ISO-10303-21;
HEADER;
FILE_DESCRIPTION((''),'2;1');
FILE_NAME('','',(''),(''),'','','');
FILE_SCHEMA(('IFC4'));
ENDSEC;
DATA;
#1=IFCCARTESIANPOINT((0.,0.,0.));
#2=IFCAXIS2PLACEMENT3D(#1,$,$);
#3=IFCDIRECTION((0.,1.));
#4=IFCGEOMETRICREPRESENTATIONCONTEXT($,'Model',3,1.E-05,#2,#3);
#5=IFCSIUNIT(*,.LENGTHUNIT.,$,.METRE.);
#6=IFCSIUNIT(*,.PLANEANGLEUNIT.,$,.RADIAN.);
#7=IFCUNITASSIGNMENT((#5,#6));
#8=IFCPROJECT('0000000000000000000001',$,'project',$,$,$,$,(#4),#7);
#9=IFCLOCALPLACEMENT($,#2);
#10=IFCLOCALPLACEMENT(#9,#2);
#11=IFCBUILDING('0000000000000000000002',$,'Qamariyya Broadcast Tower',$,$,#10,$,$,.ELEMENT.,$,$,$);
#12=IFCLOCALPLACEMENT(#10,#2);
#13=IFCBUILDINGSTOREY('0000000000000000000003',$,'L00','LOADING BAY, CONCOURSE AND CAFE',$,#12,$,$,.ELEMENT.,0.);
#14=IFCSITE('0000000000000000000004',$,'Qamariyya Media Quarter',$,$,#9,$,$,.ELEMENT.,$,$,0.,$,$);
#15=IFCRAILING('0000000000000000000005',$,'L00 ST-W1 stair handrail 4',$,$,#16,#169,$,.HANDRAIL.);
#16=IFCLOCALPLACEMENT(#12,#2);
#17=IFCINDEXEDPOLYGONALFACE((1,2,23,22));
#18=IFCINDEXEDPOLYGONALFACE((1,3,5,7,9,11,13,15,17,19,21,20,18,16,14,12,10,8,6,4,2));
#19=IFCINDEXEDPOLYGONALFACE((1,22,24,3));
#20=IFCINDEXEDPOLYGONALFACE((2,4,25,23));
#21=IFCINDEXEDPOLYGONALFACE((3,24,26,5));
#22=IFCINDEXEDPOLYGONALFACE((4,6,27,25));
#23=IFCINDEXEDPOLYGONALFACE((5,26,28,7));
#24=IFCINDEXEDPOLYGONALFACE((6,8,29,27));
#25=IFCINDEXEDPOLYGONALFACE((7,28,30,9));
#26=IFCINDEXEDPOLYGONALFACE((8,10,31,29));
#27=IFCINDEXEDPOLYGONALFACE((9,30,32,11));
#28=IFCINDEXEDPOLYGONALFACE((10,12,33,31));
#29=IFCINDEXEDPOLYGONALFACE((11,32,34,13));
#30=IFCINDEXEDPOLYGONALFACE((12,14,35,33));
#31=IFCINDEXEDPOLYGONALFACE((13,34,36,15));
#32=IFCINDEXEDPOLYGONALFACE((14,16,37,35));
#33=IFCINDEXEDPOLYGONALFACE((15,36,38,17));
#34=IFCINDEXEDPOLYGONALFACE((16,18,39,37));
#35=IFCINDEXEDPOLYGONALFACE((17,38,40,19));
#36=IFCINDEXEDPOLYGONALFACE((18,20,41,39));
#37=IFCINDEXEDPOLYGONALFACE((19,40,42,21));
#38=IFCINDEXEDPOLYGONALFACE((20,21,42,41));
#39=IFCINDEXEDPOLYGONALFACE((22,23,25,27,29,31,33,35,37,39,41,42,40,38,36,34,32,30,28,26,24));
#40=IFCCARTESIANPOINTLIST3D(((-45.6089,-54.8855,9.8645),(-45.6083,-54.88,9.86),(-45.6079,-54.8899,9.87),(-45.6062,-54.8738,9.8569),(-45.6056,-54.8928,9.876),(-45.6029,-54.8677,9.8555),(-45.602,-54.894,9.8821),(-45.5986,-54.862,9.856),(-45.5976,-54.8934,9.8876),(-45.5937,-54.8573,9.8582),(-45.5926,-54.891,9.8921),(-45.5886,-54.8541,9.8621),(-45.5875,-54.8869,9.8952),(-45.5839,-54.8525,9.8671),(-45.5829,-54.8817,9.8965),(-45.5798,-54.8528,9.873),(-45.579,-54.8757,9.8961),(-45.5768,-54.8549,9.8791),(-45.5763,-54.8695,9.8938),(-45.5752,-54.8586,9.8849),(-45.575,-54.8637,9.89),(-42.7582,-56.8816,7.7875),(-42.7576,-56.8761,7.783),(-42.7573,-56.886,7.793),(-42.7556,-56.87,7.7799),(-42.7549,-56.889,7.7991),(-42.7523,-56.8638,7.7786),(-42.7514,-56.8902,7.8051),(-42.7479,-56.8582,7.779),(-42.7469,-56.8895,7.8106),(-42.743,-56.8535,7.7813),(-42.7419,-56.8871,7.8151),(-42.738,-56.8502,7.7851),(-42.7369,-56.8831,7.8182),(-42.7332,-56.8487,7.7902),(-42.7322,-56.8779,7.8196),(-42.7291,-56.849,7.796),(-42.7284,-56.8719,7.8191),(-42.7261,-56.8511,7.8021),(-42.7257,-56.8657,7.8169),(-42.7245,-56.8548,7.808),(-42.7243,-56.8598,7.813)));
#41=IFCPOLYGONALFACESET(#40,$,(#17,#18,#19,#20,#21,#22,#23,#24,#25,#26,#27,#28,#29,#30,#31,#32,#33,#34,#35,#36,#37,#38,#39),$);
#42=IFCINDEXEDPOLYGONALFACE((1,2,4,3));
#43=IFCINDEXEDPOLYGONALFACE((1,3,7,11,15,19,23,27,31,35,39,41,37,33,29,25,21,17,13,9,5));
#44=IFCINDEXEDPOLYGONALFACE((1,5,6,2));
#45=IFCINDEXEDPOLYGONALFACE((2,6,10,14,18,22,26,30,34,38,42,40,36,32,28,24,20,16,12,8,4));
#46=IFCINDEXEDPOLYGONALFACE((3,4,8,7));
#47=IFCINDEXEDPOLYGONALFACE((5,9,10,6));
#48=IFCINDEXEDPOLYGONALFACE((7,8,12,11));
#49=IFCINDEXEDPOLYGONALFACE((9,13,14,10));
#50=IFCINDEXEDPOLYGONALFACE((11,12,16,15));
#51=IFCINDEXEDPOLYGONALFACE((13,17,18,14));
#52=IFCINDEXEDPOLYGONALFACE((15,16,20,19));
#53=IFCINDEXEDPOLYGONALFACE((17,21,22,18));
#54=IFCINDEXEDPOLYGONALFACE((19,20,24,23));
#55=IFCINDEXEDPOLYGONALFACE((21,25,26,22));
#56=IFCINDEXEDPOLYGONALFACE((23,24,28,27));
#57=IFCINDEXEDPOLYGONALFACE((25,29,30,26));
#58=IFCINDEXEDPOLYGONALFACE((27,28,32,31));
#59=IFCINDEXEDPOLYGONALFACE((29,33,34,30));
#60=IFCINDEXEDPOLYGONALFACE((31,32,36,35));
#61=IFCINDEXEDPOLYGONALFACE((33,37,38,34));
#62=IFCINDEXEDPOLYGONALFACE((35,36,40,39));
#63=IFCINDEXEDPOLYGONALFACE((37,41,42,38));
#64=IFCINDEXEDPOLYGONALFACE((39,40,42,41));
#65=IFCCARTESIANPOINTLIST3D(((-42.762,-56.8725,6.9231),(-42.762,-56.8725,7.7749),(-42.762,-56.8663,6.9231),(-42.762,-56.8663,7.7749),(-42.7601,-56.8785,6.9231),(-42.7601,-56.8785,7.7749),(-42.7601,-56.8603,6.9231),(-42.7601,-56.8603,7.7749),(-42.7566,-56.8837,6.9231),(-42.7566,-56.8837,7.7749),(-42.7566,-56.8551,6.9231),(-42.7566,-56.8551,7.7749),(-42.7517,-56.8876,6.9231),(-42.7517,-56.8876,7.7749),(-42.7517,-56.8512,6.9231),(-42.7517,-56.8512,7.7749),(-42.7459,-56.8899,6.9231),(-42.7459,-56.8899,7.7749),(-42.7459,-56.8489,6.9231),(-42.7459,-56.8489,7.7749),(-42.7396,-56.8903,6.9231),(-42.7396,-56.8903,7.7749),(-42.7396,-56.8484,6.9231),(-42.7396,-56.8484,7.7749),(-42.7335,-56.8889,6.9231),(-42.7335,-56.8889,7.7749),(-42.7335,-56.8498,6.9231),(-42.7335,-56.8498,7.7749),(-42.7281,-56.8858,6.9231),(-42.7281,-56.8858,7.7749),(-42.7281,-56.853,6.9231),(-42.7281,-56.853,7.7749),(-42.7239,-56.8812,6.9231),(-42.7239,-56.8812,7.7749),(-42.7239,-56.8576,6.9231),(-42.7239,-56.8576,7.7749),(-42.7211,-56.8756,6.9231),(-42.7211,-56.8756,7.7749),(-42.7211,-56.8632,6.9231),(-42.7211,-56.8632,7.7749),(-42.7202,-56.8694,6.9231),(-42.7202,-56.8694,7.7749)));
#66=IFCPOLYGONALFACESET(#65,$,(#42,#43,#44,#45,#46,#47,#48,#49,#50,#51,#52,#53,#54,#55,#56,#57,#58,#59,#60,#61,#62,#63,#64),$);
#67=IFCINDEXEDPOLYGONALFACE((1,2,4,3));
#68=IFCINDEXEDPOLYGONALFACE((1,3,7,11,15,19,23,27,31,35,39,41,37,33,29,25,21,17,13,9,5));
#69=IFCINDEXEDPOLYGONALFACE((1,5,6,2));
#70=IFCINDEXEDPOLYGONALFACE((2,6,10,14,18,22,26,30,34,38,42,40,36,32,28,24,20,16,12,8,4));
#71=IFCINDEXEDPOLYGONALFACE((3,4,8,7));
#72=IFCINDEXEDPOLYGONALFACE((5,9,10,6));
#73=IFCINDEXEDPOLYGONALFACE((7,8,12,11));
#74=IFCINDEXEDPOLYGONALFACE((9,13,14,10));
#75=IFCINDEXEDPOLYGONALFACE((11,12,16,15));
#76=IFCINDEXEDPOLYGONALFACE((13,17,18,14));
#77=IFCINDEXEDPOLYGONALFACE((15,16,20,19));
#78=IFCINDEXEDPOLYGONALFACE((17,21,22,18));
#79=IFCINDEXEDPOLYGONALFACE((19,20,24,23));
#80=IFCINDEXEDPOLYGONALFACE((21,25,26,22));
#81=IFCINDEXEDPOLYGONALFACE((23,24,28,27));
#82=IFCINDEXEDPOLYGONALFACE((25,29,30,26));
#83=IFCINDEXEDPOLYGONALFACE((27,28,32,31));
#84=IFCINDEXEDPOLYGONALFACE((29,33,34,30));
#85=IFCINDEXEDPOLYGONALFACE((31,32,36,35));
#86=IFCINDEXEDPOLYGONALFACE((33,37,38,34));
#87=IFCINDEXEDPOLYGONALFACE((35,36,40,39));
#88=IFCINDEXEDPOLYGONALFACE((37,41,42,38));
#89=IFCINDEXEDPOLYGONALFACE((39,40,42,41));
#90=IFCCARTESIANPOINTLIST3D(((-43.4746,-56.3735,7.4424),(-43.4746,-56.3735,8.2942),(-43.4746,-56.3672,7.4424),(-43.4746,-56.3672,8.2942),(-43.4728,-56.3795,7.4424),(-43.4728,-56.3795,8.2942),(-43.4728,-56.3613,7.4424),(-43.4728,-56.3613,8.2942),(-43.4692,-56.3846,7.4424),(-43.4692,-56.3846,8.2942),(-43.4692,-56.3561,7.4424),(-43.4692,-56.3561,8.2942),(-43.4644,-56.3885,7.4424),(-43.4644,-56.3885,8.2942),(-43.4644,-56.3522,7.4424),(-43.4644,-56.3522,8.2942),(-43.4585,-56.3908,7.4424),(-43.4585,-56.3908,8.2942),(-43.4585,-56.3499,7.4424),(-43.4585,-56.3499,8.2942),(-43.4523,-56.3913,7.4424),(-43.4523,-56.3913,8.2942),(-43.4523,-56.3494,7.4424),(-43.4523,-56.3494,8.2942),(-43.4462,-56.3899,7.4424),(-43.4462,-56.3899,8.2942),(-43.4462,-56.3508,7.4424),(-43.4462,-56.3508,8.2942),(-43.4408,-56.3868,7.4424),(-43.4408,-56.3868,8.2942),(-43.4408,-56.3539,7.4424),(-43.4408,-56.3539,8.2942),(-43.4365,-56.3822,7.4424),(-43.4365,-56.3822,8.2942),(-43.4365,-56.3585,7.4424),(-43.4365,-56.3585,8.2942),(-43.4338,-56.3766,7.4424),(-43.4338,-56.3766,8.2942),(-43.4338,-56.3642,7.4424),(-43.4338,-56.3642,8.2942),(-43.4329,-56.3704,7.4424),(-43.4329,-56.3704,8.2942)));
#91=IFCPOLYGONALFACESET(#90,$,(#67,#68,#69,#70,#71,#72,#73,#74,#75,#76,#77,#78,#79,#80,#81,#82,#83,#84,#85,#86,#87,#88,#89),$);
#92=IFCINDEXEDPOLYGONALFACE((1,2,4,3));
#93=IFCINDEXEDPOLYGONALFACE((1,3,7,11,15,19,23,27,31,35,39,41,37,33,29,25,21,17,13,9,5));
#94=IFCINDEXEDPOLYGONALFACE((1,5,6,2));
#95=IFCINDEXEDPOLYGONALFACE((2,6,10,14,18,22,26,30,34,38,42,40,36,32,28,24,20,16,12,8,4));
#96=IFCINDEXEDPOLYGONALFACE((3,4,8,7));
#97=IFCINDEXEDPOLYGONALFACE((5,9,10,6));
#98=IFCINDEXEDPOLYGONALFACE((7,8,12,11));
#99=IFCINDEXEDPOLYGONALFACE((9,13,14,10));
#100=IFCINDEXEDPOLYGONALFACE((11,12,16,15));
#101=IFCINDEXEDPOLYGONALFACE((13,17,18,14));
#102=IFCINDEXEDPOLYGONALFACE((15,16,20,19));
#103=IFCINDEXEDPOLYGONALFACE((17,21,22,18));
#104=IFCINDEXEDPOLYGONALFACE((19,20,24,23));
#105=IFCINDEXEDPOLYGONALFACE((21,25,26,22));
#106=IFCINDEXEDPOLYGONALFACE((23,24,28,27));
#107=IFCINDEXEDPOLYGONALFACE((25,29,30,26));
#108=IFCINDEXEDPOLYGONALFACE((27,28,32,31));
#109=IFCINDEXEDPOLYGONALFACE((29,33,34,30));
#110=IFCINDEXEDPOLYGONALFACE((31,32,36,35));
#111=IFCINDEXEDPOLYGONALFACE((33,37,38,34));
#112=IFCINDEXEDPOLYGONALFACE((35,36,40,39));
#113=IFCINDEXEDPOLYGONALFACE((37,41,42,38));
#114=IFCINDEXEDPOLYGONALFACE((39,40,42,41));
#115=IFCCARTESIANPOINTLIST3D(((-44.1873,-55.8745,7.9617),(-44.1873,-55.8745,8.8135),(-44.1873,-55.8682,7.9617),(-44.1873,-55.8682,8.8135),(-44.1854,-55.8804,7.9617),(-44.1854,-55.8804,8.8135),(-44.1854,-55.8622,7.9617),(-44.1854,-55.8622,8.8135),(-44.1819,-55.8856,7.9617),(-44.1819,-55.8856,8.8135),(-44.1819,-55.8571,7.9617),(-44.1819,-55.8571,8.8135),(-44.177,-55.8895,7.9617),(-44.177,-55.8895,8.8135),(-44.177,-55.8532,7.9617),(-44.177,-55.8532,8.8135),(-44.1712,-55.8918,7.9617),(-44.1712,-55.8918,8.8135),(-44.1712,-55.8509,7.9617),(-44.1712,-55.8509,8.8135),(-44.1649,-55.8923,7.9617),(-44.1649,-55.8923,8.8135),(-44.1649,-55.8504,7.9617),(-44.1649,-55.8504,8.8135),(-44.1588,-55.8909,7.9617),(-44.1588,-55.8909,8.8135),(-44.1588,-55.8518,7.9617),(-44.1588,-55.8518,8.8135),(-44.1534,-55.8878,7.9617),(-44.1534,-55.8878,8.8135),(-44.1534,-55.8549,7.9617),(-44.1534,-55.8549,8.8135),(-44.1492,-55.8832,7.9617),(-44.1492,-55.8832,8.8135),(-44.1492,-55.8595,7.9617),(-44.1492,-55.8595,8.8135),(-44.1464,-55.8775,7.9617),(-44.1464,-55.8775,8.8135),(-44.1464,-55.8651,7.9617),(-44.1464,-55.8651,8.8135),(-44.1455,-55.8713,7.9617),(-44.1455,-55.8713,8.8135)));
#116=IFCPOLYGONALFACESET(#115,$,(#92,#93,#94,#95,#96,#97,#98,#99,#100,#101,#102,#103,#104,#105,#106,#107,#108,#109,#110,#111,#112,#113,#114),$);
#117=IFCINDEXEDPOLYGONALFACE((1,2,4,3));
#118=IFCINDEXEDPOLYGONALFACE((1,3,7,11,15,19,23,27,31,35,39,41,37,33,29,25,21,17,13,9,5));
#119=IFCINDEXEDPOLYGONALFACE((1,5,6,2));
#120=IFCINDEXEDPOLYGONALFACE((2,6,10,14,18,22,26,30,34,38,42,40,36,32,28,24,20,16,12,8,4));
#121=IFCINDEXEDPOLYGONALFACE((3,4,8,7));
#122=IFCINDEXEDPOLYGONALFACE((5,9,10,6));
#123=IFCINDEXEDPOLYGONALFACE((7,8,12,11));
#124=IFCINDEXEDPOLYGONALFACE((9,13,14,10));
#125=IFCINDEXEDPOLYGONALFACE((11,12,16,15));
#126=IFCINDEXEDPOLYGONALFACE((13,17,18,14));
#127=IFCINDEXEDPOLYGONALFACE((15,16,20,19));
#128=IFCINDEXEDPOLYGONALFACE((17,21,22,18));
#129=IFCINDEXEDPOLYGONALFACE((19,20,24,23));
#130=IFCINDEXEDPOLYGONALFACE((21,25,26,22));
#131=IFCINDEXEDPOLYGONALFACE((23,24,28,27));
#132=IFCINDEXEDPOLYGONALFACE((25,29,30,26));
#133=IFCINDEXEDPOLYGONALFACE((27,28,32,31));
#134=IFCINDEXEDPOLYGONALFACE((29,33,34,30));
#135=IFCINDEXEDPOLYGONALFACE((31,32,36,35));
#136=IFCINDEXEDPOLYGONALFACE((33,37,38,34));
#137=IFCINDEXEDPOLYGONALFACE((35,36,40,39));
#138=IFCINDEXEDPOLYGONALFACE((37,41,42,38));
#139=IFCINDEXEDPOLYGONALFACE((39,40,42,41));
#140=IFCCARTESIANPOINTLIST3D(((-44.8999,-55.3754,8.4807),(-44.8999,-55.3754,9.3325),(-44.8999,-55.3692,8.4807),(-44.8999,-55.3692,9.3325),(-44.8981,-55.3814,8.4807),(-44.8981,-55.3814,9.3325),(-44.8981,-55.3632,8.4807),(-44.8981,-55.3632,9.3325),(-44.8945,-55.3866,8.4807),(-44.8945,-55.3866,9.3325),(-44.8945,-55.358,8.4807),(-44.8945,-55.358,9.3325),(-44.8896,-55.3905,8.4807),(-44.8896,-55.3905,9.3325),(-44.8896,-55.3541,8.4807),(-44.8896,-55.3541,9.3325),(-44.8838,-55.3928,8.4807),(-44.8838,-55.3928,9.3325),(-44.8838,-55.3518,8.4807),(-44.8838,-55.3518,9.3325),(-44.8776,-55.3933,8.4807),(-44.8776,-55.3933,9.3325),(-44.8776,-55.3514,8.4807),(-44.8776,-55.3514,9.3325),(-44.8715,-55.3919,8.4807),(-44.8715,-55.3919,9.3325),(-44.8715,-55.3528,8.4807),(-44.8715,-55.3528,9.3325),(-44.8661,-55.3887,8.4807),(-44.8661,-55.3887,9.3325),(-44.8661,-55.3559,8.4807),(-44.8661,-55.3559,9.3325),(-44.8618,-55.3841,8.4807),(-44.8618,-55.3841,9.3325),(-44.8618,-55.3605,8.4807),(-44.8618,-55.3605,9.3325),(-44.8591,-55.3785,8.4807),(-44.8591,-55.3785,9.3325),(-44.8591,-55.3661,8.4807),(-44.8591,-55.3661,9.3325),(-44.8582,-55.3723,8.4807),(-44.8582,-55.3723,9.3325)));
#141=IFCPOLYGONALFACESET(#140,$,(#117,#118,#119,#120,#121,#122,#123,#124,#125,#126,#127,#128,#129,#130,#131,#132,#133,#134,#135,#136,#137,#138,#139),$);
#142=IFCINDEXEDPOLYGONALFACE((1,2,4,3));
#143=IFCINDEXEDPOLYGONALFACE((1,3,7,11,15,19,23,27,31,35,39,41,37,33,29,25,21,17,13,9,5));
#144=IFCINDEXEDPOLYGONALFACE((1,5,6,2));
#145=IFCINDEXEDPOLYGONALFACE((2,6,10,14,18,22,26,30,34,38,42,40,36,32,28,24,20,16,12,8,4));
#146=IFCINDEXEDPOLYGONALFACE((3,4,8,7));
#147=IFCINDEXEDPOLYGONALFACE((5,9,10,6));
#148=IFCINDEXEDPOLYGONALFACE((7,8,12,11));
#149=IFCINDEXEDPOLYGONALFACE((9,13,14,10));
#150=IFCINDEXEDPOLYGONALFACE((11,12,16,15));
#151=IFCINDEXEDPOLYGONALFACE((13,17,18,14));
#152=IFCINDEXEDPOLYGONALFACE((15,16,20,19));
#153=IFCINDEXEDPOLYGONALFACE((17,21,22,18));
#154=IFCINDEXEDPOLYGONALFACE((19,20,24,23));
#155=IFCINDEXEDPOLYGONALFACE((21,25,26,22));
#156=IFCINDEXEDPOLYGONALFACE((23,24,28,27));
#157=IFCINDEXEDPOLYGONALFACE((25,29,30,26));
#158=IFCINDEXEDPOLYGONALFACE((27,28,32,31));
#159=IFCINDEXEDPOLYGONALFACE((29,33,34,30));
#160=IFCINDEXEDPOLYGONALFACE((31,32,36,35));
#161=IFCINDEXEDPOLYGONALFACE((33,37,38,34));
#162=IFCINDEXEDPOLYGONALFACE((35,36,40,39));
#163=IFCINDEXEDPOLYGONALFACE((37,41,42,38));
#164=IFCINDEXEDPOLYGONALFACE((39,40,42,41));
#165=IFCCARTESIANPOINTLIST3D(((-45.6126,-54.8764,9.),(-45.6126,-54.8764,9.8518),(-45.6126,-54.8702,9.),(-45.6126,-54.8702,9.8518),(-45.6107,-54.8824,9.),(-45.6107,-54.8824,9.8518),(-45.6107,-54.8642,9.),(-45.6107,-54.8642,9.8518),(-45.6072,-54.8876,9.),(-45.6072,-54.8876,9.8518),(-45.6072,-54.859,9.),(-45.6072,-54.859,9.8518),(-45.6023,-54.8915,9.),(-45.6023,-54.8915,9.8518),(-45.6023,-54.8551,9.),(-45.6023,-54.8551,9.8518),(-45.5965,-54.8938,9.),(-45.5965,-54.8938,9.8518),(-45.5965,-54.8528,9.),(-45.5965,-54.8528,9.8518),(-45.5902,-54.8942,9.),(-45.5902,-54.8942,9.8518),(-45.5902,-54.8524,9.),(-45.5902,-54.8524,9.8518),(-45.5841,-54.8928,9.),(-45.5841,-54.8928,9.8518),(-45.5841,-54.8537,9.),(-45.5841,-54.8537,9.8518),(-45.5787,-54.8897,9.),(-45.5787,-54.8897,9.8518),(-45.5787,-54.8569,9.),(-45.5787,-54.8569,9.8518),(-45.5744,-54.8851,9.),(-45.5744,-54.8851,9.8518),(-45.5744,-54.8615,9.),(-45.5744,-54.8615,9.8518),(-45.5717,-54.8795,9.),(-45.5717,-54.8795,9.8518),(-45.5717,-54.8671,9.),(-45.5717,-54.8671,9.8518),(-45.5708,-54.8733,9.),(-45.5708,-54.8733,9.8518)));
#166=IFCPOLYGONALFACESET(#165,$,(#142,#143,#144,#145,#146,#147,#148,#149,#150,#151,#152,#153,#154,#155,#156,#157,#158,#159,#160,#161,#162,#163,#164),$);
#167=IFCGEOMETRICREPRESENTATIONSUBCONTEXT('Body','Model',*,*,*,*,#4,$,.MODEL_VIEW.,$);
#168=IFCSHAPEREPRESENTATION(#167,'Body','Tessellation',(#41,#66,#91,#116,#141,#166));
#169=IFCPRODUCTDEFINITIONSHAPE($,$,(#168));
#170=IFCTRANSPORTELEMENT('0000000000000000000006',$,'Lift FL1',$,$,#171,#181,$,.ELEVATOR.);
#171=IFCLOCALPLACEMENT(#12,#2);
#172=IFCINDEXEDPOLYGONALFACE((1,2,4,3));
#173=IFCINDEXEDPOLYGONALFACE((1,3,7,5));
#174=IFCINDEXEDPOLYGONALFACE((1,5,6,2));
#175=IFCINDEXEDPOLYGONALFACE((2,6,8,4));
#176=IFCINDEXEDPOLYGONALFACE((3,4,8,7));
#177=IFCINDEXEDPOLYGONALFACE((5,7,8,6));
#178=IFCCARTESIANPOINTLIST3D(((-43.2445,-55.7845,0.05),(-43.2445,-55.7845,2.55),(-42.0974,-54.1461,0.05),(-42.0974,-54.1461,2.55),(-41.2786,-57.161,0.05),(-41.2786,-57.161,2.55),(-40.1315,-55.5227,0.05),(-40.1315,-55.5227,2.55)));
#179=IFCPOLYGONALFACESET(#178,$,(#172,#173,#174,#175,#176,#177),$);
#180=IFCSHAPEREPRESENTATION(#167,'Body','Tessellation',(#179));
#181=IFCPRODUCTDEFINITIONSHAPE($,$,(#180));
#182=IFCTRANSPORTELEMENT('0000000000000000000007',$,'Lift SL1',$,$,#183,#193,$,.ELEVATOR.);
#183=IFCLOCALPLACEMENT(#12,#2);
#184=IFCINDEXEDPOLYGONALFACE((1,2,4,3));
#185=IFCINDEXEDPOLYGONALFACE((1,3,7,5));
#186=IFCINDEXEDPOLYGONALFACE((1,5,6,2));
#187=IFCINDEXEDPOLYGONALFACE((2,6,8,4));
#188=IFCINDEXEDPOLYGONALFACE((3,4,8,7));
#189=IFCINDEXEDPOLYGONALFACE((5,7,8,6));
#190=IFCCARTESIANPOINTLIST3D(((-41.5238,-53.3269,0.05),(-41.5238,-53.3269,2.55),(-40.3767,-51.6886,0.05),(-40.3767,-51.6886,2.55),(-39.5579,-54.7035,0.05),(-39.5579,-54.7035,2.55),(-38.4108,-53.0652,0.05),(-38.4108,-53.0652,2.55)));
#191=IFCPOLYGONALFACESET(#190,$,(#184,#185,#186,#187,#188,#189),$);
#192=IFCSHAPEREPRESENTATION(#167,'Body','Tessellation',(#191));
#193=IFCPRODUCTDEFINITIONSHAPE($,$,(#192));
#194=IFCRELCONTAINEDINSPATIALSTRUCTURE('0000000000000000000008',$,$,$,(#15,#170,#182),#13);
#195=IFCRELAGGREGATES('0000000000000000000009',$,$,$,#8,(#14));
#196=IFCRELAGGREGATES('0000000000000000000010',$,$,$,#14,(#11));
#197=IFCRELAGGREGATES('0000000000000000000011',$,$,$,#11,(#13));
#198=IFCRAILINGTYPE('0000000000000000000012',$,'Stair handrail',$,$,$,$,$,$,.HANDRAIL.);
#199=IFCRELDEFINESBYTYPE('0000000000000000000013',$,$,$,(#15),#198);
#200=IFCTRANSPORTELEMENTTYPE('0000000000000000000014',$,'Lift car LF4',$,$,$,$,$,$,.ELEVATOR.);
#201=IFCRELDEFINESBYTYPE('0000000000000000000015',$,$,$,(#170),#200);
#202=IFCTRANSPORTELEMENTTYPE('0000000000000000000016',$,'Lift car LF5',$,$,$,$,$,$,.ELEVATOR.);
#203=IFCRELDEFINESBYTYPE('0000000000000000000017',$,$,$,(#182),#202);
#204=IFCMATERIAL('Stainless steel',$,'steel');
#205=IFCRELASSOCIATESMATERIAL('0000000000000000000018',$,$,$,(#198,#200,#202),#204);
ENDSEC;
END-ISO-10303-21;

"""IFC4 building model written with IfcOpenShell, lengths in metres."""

from ifc_helpers import new_model, si_unit, direction, frame, origin, origin_2d, place, context, subcontext, project, spatial, rectangle, circle, extrude, material, type_object, element, save


model = new_model("IFC4")

# Units and contexts
model_context = context("Model", 3, precision=1e-05, world=origin(), true_north=direction((0.0, 1.0)))
body_context = subcontext(model_context, "Body", "Model", "MODEL_VIEW")
ifc_project = project(units=[si_unit("LENGTHUNIT", "METRE"), si_unit("PLANEANGLEUNIT", "RADIAN")], contexts=[model_context])

# Site, building, storey
site_placement = place(None, origin())
site = spatial("IfcSite", under=ifc_project, at=site_placement, Name="Qamariyya Media Quarter", CompositionType="ELEMENT", RefElevation=0.0)
building_placement = place(site_placement, origin())
building = spatial("IfcBuilding", under=site, at=building_placement, Name="Qamariyya Broadcast Tower", CompositionType="ELEMENT")
storey_placement = place(building_placement, origin())
storey = spatial("IfcBuildingStorey", under=building, at=storey_placement, Name="L00", Description="LOADING BAY, CONCOURSE AND CAFE", CompositionType="ELEMENT", Elevation=0.0)

# Railing
ifc_material_1 = material(Name="Stainless steel", Category="steel")
railing_type_1 = type_object("IfcRailingType", Name="Stair handrail", PredefinedType="HANDRAIL", material=ifc_material_1)
for number, where, name in (
    (1, (-42.7412, -56.8694, 6.9231), "L00 ST-W1 stair handrail 4"),
):
    element("IfcRailing", number, at=place(storey_placement, frame(where)), inside=storey, type_object=railing_type_1, Name=name, PredefinedType="HANDRAIL", context=body_context, shape_type="SweptSolid", body=[
        extrude(circle(Radius=0.0239, at=origin_2d()), frame((0.0, 0.0, 0.876), z_axis=(-0.703393, 0.492544, 0.512484), x_axis=(-0.573594, -0.81914, 0.0)), (0.0, 0.0, 1.0), 4.0527),
        extrude(circle(Radius=0.021, at=origin_2d()), origin(), (0.0, 0.0, 1.0), 0.8518),
        extrude(circle(Radius=0.021, at=origin_2d()), frame((-0.7126, 0.499, 0.5193)), (0.0, 0.0, 1.0), 0.8518),
        extrude(circle(Radius=0.021, at=origin_2d()), frame((-1.4253, 0.998, 1.0386)), (0.0, 0.0, 1.0), 0.8518),
        extrude(circle(Radius=0.021, at=origin_2d()), frame((-2.1379, 1.4971, 1.5576)), (0.0, 0.0, 1.0), 0.8518),
        extrude(circle(Radius=0.021, at=origin_2d()), frame((-2.8506, 1.9961, 2.0769)), (0.0, 0.0, 1.0), 0.8518),
    ])

# Transport elements
transport_element_type_1 = type_object("IfcTransportElementType", Name="Lift car LF4", PredefinedType="ELEVATOR", material=ifc_material_1)
transport_element_1_placement = place(storey_placement, frame((-41.688, -55.6536, 0.05), z_axis=(0.0, 0.0, 1.0), x_axis=(-0.819152, 0.573576, 0.0)))
element("IfcTransportElement", 2, at=transport_element_1_placement, inside=storey, type_object=transport_element_type_1, Name="Lift FL1", PredefinedType="ELEVATOR", context=body_context, shape_type="SweptSolid", body=[
    extrude(rectangle(XDim=2.3999, YDim=2.0, at=origin_2d()), origin(), (0.0, 0.0, 1.0), 2.5),
])
transport_element_type_2 = type_object("IfcTransportElementType", Name="Lift car LF5", PredefinedType="ELEVATOR", material=ifc_material_1)
transport_element_2_placement = place(storey_placement, frame((-39.9673, -53.196, 0.05), z_axis=(0.0, 0.0, 1.0), x_axis=(-0.819152, 0.573576, 0.0)))
element("IfcTransportElement", 3, at=transport_element_2_placement, inside=storey, type_object=transport_element_type_2, Name="Lift SL1", PredefinedType="ELEVATOR", context=body_context, shape_type="SweptSolid", body=[
    extrude(rectangle(XDim=2.3999, YDim=2.0, at=origin_2d()), origin(), (0.0, 0.0, 1.0), 2.5),
])

save(model, "model.ifc")
